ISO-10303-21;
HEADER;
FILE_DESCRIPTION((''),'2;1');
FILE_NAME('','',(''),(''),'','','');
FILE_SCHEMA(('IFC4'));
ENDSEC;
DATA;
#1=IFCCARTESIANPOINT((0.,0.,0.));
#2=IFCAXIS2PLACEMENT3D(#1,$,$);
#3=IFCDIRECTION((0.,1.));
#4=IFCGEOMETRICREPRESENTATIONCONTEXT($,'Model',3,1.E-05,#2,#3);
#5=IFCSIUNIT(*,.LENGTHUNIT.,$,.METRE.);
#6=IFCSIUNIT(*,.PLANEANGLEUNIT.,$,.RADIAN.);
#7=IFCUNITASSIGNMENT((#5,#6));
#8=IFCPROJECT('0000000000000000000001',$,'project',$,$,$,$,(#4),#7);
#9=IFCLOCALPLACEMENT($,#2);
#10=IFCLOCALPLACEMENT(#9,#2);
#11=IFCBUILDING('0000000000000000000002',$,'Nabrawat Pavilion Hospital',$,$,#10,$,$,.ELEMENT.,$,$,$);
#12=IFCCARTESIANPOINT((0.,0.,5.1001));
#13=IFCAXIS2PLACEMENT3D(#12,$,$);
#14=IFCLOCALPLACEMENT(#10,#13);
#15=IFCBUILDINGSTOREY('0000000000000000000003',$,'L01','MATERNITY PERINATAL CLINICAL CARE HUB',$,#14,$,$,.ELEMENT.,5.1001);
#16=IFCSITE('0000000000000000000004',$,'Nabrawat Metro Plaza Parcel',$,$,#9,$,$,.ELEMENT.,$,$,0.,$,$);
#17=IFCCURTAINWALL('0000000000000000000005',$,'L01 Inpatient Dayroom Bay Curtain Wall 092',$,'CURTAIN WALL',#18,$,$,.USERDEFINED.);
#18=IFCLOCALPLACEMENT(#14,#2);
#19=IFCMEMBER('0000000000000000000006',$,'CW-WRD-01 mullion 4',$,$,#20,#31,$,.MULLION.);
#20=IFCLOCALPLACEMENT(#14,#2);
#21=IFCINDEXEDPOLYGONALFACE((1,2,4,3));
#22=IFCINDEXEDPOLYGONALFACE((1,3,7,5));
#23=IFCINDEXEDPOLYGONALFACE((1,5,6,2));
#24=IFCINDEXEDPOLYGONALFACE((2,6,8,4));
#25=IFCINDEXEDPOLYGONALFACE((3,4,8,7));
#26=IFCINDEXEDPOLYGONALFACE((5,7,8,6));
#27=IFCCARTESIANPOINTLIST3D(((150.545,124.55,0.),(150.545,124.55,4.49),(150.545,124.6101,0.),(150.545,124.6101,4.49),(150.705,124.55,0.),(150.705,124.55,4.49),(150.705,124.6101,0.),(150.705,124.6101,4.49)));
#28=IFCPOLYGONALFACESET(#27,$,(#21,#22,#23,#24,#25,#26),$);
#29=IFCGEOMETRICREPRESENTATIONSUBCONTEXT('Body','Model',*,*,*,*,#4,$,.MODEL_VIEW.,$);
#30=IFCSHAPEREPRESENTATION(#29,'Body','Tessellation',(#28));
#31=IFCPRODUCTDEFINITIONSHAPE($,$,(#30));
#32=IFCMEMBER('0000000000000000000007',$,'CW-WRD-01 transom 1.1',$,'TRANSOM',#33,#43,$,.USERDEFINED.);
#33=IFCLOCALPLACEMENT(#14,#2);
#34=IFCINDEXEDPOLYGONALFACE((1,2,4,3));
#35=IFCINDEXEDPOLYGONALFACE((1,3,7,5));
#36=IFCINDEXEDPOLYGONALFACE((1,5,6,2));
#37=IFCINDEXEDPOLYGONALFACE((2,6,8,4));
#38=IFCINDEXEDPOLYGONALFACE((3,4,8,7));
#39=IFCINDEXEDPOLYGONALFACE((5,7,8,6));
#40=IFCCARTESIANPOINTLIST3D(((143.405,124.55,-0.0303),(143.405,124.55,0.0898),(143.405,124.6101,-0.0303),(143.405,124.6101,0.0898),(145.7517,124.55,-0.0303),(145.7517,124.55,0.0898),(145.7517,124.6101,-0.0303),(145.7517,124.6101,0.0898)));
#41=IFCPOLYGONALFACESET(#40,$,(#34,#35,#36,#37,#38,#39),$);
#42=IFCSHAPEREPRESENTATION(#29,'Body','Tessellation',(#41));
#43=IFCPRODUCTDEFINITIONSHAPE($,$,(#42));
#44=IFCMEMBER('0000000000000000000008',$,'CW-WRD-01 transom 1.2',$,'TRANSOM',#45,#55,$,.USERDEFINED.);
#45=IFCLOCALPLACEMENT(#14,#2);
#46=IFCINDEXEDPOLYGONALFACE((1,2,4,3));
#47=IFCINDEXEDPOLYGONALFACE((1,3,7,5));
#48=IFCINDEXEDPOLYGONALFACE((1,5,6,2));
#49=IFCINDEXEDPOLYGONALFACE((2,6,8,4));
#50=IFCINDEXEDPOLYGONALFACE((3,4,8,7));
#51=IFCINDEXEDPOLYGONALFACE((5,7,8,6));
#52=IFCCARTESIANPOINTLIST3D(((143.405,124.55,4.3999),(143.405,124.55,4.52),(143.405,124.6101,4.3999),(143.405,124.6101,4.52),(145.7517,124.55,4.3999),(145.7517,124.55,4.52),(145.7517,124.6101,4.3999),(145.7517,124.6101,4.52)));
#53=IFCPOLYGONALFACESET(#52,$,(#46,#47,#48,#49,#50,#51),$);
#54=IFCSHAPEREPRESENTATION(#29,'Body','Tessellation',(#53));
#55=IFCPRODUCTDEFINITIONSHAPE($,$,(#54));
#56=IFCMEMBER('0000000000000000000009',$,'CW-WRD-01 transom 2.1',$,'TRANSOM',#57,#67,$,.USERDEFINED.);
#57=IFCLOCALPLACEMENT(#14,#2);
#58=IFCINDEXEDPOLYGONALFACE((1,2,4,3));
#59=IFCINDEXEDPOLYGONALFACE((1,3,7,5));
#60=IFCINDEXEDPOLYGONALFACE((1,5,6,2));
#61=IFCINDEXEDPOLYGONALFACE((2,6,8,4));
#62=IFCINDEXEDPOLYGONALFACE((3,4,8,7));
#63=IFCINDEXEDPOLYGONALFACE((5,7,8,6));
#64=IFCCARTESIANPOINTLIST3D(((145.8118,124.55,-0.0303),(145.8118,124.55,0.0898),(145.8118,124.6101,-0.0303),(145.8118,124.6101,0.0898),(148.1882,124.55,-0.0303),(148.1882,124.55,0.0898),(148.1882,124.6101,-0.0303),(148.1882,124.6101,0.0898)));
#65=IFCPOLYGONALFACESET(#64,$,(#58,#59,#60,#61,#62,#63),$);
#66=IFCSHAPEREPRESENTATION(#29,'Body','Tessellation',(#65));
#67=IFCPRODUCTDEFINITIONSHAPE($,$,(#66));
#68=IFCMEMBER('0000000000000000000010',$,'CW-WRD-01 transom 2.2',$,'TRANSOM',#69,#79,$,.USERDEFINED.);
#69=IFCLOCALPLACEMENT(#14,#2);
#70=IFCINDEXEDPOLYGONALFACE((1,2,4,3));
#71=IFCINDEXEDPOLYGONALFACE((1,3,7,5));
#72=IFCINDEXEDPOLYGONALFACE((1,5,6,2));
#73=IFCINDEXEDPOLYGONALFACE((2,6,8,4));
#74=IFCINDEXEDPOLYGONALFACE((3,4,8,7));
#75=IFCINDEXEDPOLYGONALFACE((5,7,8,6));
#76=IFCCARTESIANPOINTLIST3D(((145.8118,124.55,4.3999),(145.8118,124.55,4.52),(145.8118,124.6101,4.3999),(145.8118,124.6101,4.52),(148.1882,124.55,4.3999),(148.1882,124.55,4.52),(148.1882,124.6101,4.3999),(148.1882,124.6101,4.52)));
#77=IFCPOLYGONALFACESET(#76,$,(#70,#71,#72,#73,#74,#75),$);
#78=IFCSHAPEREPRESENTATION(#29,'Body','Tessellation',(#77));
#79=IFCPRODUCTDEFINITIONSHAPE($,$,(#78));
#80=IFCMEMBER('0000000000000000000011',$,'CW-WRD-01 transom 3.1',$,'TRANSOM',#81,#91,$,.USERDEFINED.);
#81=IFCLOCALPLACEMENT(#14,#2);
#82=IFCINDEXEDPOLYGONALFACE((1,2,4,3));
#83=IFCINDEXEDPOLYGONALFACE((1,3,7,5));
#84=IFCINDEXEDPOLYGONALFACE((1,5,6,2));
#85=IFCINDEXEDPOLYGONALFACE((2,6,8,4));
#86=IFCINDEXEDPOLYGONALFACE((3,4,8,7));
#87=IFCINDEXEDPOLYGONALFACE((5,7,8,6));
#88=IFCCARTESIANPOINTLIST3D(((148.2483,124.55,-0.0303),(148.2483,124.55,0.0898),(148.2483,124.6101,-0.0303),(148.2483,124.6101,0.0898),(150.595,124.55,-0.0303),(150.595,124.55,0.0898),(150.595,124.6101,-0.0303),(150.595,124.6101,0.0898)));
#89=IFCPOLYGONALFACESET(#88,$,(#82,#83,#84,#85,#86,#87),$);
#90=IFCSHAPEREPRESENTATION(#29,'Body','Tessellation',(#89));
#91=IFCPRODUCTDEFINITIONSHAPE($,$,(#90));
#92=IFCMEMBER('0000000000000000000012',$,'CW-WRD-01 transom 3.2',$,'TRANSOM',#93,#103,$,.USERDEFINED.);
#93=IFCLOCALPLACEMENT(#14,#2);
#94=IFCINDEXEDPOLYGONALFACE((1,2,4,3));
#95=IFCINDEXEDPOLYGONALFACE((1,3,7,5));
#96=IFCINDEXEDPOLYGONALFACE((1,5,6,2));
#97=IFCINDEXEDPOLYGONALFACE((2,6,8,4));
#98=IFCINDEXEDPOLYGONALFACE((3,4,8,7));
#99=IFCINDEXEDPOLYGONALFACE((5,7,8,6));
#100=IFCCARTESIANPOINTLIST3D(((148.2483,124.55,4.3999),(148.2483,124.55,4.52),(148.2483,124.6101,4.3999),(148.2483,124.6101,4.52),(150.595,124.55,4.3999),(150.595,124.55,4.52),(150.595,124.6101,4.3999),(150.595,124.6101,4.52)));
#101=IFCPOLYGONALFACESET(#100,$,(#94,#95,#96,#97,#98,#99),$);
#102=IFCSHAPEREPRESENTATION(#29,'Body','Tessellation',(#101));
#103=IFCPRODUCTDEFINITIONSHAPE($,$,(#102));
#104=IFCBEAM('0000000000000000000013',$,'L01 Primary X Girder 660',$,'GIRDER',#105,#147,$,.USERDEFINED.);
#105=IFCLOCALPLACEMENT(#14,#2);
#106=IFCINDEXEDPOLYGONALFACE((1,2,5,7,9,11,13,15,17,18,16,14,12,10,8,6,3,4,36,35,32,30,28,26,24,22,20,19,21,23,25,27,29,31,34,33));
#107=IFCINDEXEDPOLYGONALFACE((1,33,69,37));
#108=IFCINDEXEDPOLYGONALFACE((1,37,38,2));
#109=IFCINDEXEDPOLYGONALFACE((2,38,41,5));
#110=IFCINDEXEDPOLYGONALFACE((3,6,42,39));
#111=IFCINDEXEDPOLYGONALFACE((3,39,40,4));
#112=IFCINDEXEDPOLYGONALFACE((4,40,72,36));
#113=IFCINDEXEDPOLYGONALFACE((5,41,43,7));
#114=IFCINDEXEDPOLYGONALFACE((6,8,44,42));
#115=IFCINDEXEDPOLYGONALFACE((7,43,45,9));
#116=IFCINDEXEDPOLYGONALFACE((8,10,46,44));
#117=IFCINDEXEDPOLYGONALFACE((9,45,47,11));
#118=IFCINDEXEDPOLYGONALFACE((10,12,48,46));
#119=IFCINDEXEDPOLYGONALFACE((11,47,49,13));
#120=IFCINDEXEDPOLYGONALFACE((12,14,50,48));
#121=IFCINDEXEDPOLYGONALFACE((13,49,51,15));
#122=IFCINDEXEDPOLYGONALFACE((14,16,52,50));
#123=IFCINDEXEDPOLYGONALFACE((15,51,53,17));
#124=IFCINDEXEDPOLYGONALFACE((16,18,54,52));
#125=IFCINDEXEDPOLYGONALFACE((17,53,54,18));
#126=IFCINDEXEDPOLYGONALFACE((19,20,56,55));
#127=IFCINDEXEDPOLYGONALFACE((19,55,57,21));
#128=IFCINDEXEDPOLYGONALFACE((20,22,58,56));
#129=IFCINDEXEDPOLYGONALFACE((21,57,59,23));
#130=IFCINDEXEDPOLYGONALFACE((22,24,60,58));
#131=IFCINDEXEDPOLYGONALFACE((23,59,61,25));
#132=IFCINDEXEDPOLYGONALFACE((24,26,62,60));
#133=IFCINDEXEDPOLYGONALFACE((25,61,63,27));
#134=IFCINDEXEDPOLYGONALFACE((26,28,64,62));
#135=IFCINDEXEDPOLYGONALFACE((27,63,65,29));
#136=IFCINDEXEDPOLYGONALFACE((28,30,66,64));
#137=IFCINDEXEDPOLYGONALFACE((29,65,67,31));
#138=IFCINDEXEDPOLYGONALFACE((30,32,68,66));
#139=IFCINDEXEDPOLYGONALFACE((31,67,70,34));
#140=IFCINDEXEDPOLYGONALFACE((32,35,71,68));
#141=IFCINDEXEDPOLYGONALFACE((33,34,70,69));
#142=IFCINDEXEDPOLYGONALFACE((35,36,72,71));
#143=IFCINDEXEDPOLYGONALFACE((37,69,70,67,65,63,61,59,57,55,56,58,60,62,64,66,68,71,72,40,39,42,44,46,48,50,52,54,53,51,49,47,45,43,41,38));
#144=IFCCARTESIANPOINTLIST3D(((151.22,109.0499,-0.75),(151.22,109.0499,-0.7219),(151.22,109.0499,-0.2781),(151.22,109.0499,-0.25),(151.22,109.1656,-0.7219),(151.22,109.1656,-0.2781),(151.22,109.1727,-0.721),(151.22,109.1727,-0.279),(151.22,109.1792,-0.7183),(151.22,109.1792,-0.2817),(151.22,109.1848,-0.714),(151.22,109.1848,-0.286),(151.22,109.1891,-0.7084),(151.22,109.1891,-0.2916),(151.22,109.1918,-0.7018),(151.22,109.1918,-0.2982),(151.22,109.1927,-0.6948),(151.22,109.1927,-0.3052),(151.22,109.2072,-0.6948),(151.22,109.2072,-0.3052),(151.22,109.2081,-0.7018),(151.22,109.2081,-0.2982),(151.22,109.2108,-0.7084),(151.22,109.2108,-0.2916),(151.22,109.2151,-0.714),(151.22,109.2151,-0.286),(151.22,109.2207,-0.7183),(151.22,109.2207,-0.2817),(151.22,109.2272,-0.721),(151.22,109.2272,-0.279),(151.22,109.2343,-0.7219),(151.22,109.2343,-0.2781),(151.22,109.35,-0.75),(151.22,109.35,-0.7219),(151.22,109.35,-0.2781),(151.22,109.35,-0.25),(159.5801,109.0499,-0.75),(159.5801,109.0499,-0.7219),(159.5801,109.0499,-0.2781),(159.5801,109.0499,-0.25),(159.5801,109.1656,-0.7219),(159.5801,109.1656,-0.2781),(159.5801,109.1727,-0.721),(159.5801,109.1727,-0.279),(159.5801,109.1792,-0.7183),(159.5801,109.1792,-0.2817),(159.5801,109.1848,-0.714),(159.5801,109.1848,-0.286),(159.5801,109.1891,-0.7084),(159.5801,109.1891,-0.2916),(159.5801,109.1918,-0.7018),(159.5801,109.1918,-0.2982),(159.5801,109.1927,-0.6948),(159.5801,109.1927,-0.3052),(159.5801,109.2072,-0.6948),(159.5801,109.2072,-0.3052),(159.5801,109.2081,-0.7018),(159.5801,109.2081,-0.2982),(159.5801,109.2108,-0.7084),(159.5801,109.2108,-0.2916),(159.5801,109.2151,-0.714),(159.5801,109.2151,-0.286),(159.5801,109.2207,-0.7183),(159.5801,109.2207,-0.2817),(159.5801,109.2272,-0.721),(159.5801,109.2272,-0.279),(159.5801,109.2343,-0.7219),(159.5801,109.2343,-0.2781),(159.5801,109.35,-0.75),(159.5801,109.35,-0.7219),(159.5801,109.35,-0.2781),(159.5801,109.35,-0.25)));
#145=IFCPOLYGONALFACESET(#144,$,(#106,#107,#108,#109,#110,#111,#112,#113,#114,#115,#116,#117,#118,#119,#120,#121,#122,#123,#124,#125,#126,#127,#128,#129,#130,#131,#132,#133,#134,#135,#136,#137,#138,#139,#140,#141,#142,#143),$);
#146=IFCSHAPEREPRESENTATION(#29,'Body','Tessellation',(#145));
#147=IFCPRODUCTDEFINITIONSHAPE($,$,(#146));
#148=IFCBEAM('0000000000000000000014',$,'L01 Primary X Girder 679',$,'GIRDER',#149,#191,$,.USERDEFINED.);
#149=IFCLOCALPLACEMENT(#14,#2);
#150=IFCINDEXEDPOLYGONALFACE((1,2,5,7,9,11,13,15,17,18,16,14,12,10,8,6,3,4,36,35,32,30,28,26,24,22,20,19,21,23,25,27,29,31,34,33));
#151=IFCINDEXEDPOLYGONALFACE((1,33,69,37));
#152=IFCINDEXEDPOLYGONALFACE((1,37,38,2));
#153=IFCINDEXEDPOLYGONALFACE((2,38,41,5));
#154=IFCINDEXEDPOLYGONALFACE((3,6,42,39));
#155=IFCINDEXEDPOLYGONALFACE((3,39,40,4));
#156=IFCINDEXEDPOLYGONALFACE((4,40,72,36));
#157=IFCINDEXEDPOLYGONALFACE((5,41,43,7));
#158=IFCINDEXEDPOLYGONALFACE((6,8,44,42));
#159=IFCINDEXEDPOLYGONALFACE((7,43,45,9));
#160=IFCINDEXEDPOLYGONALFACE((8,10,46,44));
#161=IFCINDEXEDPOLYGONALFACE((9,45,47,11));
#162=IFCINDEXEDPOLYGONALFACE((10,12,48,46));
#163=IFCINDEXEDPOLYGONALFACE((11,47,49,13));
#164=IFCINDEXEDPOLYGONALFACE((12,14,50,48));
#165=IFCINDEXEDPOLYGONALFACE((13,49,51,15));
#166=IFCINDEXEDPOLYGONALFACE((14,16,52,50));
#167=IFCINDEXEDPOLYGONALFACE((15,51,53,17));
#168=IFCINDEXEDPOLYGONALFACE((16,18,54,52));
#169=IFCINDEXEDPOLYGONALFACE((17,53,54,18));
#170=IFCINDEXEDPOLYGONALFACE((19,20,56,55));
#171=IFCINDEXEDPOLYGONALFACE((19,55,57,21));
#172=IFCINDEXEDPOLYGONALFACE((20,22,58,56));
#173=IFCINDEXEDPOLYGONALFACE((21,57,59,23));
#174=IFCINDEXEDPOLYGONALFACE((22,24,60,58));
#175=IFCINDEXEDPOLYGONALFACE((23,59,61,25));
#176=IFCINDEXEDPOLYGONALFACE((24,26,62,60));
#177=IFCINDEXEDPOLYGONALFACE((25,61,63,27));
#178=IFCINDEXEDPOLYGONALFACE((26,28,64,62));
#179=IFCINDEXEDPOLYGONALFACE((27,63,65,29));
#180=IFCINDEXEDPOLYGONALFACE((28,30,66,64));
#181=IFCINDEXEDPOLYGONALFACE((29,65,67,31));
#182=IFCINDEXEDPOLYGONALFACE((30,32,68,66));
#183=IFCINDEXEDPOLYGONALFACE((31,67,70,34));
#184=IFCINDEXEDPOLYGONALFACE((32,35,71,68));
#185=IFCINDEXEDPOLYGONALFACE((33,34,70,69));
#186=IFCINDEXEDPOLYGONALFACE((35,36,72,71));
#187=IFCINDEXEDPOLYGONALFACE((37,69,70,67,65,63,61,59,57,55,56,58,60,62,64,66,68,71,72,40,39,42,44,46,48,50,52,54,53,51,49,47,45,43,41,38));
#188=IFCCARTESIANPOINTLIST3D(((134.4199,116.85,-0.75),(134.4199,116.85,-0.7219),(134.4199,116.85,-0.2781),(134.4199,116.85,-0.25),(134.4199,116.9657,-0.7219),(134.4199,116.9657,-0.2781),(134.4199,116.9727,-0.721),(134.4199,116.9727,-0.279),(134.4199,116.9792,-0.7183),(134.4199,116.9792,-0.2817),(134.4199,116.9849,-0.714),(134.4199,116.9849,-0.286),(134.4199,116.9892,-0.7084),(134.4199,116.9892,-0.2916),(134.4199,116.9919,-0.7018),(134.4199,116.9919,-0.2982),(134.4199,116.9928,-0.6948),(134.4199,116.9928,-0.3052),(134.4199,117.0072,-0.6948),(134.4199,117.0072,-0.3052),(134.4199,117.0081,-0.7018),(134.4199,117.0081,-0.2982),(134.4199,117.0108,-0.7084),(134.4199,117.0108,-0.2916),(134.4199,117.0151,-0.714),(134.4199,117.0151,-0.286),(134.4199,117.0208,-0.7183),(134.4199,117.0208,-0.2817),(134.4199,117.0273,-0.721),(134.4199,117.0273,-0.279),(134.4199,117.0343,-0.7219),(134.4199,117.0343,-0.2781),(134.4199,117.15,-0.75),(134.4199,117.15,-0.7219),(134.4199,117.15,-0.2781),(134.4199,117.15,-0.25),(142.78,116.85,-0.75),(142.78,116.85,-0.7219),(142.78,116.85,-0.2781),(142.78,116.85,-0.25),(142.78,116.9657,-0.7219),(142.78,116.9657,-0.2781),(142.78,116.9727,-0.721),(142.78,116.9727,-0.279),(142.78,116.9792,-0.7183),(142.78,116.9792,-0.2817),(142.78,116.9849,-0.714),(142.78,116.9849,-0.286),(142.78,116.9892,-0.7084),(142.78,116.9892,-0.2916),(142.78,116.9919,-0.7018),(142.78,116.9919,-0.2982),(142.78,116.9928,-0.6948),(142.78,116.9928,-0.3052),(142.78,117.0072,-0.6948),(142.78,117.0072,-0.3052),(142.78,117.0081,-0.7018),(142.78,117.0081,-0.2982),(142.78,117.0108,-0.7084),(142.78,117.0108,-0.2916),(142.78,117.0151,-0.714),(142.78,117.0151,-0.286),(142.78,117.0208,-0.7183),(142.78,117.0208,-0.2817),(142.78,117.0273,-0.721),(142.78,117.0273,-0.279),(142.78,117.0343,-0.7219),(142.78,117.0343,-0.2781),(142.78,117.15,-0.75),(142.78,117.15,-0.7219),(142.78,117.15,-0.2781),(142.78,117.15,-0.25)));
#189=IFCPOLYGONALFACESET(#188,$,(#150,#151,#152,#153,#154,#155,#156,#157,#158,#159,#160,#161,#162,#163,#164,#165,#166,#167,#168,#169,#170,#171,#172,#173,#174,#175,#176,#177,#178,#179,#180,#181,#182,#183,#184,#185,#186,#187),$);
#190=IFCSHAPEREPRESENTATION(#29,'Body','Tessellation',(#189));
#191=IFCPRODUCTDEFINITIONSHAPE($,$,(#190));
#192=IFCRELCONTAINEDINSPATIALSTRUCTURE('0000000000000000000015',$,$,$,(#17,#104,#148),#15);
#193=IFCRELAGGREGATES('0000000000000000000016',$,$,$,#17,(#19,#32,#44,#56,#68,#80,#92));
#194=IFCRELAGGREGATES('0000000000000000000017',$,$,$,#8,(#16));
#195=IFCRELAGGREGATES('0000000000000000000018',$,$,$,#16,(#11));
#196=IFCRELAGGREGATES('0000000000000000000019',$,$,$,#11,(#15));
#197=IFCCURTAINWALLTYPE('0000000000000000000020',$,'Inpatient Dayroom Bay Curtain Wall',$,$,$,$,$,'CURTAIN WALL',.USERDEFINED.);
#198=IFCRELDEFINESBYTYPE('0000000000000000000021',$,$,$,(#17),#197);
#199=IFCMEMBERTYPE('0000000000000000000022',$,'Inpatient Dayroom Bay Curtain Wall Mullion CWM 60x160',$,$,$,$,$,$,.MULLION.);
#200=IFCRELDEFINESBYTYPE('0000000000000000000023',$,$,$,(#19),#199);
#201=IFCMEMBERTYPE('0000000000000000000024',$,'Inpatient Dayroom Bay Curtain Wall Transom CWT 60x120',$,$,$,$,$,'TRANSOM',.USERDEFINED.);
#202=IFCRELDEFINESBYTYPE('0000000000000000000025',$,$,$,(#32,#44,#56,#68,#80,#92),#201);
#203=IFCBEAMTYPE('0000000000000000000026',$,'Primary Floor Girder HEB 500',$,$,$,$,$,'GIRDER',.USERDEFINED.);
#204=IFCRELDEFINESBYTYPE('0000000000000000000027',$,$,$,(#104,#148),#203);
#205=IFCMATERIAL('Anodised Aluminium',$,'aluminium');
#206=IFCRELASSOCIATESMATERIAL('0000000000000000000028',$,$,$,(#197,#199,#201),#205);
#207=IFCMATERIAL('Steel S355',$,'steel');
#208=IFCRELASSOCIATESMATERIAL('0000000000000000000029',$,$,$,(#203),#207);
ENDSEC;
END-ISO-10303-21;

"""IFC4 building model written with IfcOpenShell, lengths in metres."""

from ifc_helpers import new_model, si_unit, direction, frame, origin, origin_2d, place, context, subcontext, project, spatial, rectangle, i_section, extrude, material, material_profile, profile_set, type_object, element, aggregate, save


model = new_model("IFC4")

# Units and contexts
model_context = context("Model", 3, precision=1e-05, world=origin(), true_north=direction((0.0, 1.0)))
body_context = subcontext(model_context, "Body", "Model", "MODEL_VIEW")
ifc_project = project(units=[si_unit("LENGTHUNIT", "METRE"), si_unit("PLANEANGLEUNIT", "RADIAN")], contexts=[model_context])

# Site, building, storey
site_placement = place(None, origin())
site = spatial("IfcSite", under=ifc_project, at=site_placement, Name="Nabrawat Metro Plaza Parcel", CompositionType="ELEMENT", RefElevation=0.0)
building_placement = place(site_placement, origin())
building = spatial("IfcBuilding", under=site, at=building_placement, Name="Nabrawat Pavilion Hospital", CompositionType="ELEMENT")
storey_placement = place(building_placement, frame((0.0, 0.0, 5.1001)))
storey = spatial("IfcBuildingStorey", under=building, at=storey_placement, Name="L01", Description="MATERNITY PERINATAL CLINICAL CARE HUB", CompositionType="ELEMENT", Elevation=5.1001)

# Shared definitions
ifc_material_1 = material(Name="Steel S355", Category="steel")

# Curtain wall, members
ifc_material_2 = material(Name="Anodised Aluminium", Category="aluminium")
curtain_wall_type = type_object("IfcCurtainWallType", Name="Inpatient Dayroom Bay Curtain Wall", ElementType="CURTAIN WALL", PredefinedType="USERDEFINED", material=ifc_material_2)
curtain_wall_placement = place(storey_placement, origin())
curtain_wall = element("IfcCurtainWall", 1, at=curtain_wall_placement, inside=storey, type_object=curtain_wall_type, Name="L01 Inpatient Dayroom Bay Curtain Wall 092", ObjectType="CURTAIN WALL", PredefinedType="USERDEFINED")
ifc_material_profile_1 = material_profile(ifc_material_2, rectangle(XDim=0.0601, YDim=0.1599, at=origin_2d()), Name="CWM 60x160")
ifc_profile_set_1 = profile_set([ifc_material_profile_1], Name="Anodised Aluminium")
member_type_1 = type_object("IfcMemberType", Name="Inpatient Dayroom Bay Curtain Wall Mullion CWM 60x160", PredefinedType="MULLION", material=ifc_profile_set_1)
member_1_placement = place(storey_placement, frame((150.625, 124.5801, 0.0), z_axis=(0.0, 0.0, 1.0), x_axis=(0.0, 1.0, 0.0)))
member_1 = element("IfcMember", 2, at=member_1_placement, type_object=member_type_1, Name="CW-WRD-01 mullion 4", PredefinedType="MULLION", context=body_context, shape_type="SweptSolid", body=[
    extrude(rectangle(XDim=0.0601, YDim=0.1599, at=origin_2d()), origin(), (0.0, 0.0, 1.0), 4.49),
])
ifc_material_profile_2 = material_profile(ifc_material_2, rectangle(XDim=0.0601, YDim=0.1201, at=origin_2d()), Name="CWT 60x120")
ifc_profile_set_2 = profile_set([ifc_material_profile_2], Name="Anodised Aluminium")
member_type_2 = type_object("IfcMemberType", Name="Inpatient Dayroom Bay Curtain Wall Transom CWT 60x120", ElementType="TRANSOM", PredefinedType="USERDEFINED", material=ifc_profile_set_2)
member_2_placement = place(storey_placement, frame((143.405, 124.5801, 0.0298), z_axis=(1.0, 0.0, 0.0), x_axis=(0.0, 1.0, 0.0)))
member_2 = element("IfcMember", 3, at=member_2_placement, type_object=member_type_2, Name="CW-WRD-01 transom 1.1", ObjectType="TRANSOM", PredefinedType="USERDEFINED", context=body_context, shape_type="SweptSolid", body=[
    extrude(rectangle(XDim=0.0601, YDim=0.1201, at=origin_2d()), origin(), (0.0, 0.0, 1.0), 2.3467),
])
member_3_placement = place(storey_placement, frame((143.405, 124.5801, 4.46), z_axis=(1.0, 0.0, 0.0), x_axis=(0.0, 1.0, 0.0)))
member_3 = element("IfcMember", 4, at=member_3_placement, type_object=member_type_2, Name="CW-WRD-01 transom 1.2", ObjectType="TRANSOM", PredefinedType="USERDEFINED", context=body_context, shape_type="SweptSolid", body=[
    extrude(rectangle(XDim=0.0601, YDim=0.1201, at=origin_2d()), origin(), (0.0, 0.0, 1.0), 2.3467),
])
member_4_placement = place(storey_placement, frame((145.8118, 124.5801, 0.0298), z_axis=(1.0, 0.0, 0.0), x_axis=(0.0, 1.0, 0.0)))
member_4 = element("IfcMember", 5, at=member_4_placement, type_object=member_type_2, Name="CW-WRD-01 transom 2.1", ObjectType="TRANSOM", PredefinedType="USERDEFINED", context=body_context, shape_type="SweptSolid", body=[
    extrude(rectangle(XDim=0.0601, YDim=0.1201, at=origin_2d()), origin(), (0.0, 0.0, 1.0), 2.3765),
])
member_5_placement = place(storey_placement, frame((145.8118, 124.5801, 4.46), z_axis=(1.0, 0.0, 0.0), x_axis=(0.0, 1.0, 0.0)))
member_5 = element("IfcMember", 6, at=member_5_placement, type_object=member_type_2, Name="CW-WRD-01 transom 2.2", ObjectType="TRANSOM", PredefinedType="USERDEFINED", context=body_context, shape_type="SweptSolid", body=[
    extrude(rectangle(XDim=0.0601, YDim=0.1201, at=origin_2d()), origin(), (0.0, 0.0, 1.0), 2.3765),
])
member_6_placement = place(storey_placement, frame((148.2483, 124.5801, 0.0298), z_axis=(1.0, 0.0, 0.0), x_axis=(0.0, 1.0, 0.0)))
member_6 = element("IfcMember", 7, at=member_6_placement, type_object=member_type_2, Name="CW-WRD-01 transom 3.1", ObjectType="TRANSOM", PredefinedType="USERDEFINED", context=body_context, shape_type="SweptSolid", body=[
    extrude(rectangle(XDim=0.0601, YDim=0.1201, at=origin_2d()), origin(), (0.0, 0.0, 1.0), 2.3467),
])
member_7_placement = place(storey_placement, frame((148.2483, 124.5801, 4.46), z_axis=(1.0, 0.0, 0.0), x_axis=(0.0, 1.0, 0.0)))
member_7 = element("IfcMember", 8, at=member_7_placement, type_object=member_type_2, Name="CW-WRD-01 transom 3.2", ObjectType="TRANSOM", PredefinedType="USERDEFINED", context=body_context, shape_type="SweptSolid", body=[
    extrude(rectangle(XDim=0.0601, YDim=0.1201, at=origin_2d()), origin(), (0.0, 0.0, 1.0), 2.3467),
])

# Beams
ifc_material_profile_3 = material_profile(ifc_material_1, i_section(OverallWidth=0.3, OverallDepth=0.5, WebThickness=0.0144, FlangeThickness=0.0281, FilletRadius=0.0271, at=origin_2d()), Name="HEB 500")
ifc_profile_set_3 = profile_set([ifc_material_profile_3], Name="Steel S355")
beam_type_1 = type_object("IfcBeamType", Name="Primary Floor Girder HEB 500", ElementType="GIRDER", PredefinedType="USERDEFINED", material=ifc_profile_set_3)
for number, where, z_axis, x_axis, name in (
    (9, (151.22, 109.2, -0.5), (1.0, 0.0, 0.0), (0.0, 1.0, 0.0), "L01 Primary X Girder 660"),
    (10, (134.4199, 117.0, -0.5), (1.0, 0.0, 0.0), (0.0, 1.0, 0.0), "L01 Primary X Girder 679"),
):
    element("IfcBeam", number, at=place(storey_placement, frame(where, z_axis=z_axis, x_axis=x_axis)), inside=storey, type_object=beam_type_1, Name=name, ObjectType="GIRDER", PredefinedType="USERDEFINED", context=body_context, shape_type="SweptSolid", body=[
        extrude(i_section(OverallWidth=0.3, OverallDepth=0.5, WebThickness=0.0144, FlangeThickness=0.0281, FilletRadius=0.0271, at=origin_2d()), origin(), (0.0, 0.0, 1.0), 8.3601),
    ])

aggregate(curtain_wall, [member_1, member_2, member_3, member_4, member_5, member_6, member_7])

save(model, "model.ifc")
